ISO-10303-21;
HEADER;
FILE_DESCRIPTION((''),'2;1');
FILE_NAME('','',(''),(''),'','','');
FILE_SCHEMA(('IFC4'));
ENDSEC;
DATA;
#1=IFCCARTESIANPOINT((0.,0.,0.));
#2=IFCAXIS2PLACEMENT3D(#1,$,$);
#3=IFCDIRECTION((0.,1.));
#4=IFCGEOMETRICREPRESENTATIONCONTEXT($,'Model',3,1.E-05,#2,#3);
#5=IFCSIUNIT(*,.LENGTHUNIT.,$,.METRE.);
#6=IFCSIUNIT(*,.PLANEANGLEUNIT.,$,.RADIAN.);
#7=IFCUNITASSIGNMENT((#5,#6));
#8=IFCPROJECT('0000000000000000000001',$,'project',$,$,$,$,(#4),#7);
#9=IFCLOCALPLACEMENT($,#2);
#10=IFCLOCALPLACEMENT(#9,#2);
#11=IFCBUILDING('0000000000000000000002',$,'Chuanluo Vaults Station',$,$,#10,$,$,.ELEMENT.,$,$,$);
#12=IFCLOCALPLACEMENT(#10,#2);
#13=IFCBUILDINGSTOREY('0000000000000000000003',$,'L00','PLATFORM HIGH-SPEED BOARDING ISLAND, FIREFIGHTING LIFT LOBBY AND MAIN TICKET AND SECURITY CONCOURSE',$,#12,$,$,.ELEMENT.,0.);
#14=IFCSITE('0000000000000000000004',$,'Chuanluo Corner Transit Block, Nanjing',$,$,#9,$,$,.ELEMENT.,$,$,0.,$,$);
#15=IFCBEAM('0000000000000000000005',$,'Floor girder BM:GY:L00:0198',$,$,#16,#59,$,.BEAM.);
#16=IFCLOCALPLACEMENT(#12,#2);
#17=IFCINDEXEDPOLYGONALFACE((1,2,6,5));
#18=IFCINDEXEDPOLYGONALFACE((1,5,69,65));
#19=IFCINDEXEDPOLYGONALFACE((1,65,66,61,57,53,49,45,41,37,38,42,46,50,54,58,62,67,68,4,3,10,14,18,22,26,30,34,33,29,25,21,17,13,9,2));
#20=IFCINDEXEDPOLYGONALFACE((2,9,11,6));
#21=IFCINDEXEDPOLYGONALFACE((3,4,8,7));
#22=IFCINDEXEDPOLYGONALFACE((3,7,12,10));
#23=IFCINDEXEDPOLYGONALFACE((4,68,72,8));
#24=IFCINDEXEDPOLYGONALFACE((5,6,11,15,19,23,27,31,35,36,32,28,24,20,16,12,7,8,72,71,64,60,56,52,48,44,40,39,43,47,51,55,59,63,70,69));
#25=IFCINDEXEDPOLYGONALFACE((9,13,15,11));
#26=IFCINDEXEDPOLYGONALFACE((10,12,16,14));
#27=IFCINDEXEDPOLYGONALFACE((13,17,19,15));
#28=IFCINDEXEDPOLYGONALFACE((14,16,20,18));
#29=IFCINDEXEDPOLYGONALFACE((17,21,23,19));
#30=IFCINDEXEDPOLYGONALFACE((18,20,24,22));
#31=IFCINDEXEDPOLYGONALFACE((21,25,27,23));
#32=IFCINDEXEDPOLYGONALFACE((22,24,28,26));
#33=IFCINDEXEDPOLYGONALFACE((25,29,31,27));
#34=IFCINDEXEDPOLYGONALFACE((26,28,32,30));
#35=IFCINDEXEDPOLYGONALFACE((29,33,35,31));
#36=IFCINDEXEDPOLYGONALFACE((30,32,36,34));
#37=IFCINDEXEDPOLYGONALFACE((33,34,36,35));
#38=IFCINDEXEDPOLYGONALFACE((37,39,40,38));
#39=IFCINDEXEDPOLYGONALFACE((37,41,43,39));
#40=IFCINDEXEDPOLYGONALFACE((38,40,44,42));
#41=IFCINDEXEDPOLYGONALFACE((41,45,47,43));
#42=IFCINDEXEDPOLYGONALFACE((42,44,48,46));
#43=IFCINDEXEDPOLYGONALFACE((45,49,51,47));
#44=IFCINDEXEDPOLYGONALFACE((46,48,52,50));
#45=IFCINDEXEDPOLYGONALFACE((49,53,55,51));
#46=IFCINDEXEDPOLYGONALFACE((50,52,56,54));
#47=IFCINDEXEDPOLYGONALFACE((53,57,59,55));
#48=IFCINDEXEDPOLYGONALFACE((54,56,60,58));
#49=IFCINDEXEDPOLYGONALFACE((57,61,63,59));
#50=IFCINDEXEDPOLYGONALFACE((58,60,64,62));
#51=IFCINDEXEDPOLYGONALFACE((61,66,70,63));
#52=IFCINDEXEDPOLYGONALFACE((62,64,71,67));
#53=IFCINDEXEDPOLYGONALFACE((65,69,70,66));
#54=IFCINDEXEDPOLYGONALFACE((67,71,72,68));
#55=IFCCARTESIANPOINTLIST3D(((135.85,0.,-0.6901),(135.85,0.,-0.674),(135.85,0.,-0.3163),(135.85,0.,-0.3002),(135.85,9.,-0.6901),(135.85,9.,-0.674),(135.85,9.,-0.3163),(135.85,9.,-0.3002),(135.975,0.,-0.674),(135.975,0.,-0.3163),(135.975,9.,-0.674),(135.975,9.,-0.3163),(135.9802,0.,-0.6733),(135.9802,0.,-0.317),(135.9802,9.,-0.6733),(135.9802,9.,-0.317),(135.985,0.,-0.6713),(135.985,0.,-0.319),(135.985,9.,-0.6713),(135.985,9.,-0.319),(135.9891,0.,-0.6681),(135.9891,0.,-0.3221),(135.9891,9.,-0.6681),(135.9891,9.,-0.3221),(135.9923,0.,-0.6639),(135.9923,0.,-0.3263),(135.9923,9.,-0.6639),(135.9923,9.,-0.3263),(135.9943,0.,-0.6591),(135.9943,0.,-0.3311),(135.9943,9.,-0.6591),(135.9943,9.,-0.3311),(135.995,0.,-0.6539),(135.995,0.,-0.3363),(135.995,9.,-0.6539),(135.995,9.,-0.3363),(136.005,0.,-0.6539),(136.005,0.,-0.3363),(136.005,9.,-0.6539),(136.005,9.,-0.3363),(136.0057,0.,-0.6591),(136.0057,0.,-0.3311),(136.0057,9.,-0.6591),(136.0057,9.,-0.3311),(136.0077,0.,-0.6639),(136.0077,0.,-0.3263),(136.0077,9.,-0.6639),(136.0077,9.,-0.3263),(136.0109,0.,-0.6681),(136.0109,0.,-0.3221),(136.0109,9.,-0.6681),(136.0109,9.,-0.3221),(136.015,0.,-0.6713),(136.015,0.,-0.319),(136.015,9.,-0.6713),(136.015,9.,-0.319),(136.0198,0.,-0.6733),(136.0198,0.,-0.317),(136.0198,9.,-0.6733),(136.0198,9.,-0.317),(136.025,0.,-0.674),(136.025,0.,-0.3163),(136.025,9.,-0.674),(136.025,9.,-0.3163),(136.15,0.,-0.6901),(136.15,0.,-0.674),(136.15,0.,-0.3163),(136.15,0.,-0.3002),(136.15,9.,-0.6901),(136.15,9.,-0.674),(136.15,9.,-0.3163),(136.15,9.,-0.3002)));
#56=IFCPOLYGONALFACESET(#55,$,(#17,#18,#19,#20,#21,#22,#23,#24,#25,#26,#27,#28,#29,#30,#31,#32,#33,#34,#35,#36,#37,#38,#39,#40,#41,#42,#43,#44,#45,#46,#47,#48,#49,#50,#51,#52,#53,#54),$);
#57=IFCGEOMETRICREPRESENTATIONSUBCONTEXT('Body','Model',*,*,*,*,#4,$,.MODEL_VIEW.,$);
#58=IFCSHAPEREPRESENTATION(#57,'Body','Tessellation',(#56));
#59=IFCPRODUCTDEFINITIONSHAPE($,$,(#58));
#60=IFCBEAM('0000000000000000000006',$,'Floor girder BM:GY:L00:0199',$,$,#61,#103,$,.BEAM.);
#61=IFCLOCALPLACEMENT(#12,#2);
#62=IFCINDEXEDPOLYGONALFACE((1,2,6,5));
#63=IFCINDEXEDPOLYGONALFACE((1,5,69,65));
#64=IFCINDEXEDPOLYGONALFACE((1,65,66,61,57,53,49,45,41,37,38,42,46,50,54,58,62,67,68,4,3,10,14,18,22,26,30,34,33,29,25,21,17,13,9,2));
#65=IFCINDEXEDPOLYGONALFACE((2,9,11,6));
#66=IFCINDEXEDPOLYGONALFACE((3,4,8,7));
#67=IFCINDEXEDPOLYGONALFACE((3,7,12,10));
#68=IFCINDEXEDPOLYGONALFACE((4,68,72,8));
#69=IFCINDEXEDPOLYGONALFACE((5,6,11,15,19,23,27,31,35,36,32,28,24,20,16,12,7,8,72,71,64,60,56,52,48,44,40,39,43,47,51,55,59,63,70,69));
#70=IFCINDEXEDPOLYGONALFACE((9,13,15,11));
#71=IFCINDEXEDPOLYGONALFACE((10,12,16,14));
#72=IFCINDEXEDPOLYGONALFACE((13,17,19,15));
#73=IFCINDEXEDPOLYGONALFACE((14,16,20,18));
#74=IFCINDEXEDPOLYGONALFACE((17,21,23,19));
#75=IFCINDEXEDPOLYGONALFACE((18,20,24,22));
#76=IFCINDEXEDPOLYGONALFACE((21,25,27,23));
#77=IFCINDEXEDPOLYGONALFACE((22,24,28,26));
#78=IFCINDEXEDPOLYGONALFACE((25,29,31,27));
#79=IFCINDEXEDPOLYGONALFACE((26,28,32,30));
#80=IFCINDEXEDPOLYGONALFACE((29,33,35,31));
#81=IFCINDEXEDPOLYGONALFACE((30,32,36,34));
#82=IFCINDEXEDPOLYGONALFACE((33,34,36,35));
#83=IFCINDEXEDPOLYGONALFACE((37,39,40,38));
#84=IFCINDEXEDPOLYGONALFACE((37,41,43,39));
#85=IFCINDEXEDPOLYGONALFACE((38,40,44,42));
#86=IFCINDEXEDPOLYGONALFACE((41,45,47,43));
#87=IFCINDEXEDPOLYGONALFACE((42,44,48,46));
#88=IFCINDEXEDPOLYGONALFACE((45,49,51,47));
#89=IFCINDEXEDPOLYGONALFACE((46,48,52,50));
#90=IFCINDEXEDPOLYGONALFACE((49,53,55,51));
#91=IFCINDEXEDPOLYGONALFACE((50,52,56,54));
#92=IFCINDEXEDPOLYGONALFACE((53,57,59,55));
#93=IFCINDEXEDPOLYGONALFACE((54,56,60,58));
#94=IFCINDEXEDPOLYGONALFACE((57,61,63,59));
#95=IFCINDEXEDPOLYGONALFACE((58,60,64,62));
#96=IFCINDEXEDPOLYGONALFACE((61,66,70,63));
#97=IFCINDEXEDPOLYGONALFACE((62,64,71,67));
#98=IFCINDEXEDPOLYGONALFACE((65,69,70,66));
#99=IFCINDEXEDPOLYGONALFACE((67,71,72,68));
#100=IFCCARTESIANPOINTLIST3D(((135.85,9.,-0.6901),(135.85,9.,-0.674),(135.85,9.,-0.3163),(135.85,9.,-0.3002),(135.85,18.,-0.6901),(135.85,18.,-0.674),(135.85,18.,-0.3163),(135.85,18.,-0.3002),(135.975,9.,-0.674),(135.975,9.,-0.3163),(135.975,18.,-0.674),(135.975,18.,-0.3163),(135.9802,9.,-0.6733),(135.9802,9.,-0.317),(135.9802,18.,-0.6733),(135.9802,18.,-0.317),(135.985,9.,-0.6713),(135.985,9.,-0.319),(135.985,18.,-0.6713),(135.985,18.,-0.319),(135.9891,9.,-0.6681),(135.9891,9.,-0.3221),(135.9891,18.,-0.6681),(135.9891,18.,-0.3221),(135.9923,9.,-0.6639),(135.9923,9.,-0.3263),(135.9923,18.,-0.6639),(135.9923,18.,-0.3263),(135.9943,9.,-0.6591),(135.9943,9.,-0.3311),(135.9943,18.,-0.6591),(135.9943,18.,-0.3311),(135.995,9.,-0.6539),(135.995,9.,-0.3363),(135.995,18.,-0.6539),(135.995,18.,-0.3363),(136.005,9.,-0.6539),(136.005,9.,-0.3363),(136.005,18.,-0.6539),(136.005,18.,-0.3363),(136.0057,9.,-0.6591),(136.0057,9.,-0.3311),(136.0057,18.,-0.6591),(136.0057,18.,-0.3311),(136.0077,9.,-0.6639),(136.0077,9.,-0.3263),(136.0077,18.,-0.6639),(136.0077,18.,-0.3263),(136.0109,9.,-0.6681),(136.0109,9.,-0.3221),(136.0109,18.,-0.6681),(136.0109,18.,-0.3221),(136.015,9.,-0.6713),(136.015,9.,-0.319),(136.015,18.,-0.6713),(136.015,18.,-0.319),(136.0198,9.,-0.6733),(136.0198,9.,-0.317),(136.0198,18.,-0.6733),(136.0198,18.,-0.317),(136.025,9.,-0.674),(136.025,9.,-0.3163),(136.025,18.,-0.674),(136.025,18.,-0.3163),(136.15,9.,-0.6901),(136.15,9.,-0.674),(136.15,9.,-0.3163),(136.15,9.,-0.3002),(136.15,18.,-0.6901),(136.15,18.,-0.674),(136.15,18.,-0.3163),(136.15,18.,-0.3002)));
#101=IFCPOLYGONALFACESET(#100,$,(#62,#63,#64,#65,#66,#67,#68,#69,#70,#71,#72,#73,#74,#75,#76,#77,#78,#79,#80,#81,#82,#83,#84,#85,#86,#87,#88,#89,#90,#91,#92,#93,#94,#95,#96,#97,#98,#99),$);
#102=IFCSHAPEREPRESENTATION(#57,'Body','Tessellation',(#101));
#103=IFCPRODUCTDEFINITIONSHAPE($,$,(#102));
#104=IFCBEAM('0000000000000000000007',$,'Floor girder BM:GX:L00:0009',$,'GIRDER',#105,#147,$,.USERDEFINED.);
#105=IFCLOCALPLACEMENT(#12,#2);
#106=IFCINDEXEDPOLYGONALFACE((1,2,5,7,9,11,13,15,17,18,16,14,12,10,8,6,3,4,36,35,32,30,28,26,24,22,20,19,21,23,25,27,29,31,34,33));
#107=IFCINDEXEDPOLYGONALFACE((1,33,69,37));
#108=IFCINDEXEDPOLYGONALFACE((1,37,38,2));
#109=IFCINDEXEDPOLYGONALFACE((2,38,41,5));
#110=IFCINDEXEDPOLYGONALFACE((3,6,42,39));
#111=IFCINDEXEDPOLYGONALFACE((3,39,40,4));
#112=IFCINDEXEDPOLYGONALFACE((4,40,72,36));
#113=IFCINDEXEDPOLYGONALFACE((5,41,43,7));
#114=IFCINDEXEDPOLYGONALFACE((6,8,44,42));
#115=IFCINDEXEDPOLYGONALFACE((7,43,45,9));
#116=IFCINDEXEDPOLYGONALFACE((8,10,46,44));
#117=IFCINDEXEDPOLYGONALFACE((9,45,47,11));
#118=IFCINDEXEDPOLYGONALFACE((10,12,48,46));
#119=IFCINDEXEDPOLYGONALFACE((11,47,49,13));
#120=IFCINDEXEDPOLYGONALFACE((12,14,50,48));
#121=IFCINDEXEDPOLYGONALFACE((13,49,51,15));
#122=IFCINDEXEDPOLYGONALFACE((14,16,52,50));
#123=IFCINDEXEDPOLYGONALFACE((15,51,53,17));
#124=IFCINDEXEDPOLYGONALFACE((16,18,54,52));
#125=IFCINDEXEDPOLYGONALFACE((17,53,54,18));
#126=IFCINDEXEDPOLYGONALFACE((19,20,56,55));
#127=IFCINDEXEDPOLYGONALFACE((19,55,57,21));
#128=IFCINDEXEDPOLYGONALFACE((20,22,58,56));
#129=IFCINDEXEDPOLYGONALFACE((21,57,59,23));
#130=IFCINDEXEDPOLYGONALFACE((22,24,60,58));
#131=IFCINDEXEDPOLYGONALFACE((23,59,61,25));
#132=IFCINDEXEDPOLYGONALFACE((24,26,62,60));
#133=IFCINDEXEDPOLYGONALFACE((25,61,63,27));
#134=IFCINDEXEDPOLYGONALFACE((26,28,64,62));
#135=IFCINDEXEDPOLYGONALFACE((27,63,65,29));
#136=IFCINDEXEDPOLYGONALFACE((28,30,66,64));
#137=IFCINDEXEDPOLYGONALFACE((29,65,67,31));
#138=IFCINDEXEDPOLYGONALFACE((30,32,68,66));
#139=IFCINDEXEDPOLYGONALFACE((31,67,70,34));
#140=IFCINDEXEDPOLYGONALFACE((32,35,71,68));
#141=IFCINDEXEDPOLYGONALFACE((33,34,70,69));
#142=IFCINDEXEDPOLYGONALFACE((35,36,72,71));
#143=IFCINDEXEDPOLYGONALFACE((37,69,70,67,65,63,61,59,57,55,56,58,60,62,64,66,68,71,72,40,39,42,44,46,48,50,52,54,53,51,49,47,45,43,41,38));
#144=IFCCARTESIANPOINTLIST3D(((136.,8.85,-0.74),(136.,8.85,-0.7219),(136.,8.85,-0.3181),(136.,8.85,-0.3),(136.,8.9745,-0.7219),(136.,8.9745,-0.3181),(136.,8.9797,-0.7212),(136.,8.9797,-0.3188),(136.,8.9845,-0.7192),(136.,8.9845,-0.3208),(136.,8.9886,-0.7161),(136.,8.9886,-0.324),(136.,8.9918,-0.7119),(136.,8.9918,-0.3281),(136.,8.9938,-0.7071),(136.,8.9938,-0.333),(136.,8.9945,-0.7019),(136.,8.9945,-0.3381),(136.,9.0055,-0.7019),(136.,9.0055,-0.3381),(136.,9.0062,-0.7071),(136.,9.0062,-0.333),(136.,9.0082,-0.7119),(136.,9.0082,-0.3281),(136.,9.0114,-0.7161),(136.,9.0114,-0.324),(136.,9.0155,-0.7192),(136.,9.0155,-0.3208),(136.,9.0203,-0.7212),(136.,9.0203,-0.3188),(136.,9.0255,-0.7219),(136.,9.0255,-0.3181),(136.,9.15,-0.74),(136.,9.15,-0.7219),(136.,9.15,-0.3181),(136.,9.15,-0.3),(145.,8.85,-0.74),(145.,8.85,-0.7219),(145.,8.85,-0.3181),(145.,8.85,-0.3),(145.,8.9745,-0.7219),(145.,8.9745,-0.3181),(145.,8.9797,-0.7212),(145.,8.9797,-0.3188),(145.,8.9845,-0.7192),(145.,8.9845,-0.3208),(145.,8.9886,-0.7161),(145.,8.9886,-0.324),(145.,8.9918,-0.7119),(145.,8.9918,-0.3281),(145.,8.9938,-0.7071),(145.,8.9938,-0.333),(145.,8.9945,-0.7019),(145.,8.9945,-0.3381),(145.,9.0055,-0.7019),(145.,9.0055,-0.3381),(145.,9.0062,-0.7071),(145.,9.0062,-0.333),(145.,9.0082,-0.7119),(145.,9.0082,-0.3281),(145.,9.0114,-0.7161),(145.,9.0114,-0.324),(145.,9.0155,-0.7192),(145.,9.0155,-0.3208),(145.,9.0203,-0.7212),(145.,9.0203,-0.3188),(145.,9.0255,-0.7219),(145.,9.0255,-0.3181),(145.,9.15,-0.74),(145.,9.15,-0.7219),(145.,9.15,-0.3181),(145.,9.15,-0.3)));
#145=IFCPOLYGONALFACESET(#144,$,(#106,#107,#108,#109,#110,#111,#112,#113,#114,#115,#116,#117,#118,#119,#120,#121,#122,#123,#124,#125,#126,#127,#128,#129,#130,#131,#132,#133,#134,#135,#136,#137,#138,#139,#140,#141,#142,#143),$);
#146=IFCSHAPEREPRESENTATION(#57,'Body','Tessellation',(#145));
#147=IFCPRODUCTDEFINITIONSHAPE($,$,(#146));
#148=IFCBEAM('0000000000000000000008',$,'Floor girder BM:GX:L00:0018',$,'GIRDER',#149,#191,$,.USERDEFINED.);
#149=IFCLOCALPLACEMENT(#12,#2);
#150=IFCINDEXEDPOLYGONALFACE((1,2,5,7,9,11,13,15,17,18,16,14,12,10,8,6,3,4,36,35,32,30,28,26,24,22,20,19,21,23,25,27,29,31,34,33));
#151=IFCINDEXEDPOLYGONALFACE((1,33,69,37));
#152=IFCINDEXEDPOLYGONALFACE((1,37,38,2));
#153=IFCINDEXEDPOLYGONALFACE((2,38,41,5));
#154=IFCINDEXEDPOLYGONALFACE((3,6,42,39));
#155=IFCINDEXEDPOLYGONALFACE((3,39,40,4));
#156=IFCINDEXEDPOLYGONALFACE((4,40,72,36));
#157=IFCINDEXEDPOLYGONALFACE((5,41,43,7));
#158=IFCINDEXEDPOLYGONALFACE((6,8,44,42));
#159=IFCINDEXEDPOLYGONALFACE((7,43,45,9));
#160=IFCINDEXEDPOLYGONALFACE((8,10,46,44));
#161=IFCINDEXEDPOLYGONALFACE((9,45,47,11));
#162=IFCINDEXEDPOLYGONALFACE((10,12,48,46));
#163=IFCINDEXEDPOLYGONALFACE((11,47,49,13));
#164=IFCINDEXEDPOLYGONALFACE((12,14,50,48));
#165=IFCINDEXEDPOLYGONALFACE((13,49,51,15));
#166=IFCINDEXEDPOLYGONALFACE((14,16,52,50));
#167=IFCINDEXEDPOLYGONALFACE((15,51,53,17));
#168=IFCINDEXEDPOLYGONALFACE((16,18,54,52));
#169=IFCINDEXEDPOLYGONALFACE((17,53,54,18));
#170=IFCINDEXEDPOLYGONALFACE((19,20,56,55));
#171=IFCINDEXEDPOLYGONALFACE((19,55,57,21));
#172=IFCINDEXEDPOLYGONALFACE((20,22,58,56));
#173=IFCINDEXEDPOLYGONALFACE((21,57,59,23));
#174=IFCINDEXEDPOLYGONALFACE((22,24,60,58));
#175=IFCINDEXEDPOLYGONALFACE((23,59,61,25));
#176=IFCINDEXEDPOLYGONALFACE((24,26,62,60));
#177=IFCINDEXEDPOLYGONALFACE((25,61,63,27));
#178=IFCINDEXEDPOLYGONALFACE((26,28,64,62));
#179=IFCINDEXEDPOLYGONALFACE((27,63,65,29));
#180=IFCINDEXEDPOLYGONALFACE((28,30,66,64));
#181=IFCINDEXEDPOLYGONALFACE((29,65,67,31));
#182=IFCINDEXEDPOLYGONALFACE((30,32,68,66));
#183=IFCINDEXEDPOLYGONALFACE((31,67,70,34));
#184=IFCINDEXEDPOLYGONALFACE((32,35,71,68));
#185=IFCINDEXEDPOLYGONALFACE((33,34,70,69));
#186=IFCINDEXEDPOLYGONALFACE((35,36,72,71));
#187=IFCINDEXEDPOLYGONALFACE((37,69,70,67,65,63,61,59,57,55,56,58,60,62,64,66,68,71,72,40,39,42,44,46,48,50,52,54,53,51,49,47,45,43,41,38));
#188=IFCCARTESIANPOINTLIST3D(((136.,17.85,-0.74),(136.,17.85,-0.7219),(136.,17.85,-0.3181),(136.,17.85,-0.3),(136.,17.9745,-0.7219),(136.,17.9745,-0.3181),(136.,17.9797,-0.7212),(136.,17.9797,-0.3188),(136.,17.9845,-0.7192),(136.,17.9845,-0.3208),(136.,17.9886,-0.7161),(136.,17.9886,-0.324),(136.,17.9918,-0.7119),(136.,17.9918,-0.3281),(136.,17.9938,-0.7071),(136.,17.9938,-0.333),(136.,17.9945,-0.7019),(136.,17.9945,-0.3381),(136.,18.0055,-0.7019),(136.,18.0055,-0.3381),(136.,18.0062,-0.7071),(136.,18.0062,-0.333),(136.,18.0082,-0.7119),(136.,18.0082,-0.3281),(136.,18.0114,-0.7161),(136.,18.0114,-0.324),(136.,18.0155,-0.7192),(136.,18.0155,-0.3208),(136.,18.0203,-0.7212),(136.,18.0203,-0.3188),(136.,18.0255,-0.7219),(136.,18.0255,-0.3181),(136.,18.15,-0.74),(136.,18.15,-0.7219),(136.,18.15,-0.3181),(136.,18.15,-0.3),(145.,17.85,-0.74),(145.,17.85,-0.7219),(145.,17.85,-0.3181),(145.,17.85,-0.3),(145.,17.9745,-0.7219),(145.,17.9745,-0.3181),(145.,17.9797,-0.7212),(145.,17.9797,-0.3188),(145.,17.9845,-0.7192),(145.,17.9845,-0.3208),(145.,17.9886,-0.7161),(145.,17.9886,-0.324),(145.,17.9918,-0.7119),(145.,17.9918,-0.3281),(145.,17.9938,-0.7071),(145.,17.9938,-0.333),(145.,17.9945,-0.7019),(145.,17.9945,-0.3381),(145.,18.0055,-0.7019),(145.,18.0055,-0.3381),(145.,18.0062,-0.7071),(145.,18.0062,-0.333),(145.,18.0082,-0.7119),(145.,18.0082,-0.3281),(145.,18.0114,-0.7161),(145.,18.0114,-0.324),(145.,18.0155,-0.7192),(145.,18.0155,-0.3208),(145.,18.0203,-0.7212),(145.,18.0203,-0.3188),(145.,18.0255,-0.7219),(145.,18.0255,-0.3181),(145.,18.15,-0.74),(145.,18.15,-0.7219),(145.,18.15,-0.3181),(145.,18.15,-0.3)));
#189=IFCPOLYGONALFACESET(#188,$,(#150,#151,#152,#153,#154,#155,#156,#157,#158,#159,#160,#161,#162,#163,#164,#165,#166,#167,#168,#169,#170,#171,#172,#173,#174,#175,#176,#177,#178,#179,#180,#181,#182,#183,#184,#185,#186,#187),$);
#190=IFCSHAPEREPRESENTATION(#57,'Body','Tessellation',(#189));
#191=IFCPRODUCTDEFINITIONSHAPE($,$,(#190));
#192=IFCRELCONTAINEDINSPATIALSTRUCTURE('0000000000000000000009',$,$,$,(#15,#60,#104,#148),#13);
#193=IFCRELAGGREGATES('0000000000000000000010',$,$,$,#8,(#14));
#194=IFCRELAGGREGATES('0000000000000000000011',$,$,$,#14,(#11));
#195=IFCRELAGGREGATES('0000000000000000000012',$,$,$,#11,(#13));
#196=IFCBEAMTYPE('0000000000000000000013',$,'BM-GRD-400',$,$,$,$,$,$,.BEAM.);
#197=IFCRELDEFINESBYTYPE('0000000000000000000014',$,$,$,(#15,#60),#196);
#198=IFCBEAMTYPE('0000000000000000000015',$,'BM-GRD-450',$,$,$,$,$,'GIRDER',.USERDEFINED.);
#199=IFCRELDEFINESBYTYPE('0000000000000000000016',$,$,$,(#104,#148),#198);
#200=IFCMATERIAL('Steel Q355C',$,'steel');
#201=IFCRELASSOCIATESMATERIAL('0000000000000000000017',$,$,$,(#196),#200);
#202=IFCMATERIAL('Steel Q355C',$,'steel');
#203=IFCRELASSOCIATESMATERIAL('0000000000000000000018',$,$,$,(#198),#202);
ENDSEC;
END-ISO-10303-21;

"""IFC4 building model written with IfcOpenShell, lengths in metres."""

from ifc_helpers import new_model, si_unit, direction, frame, origin, origin_2d, place, context, subcontext, project, spatial, i_section, extrude, material, material_profile, profile_set, type_object, element, save


model = new_model("IFC4")

# Units and contexts
model_context = context("Model", 3, precision=1e-05, world=origin(), true_north=direction((0.0, 1.0)))
body_context = subcontext(model_context, "Body", "Model", "MODEL_VIEW")
ifc_project = project(units=[si_unit("LENGTHUNIT", "METRE"), si_unit("PLANEANGLEUNIT", "RADIAN")], contexts=[model_context])

# Site, building, storey
site_placement = place(None, origin())
site = spatial("IfcSite", under=ifc_project, at=site_placement, Name="Chuanluo Corner Transit Block, Nanjing", CompositionType="ELEMENT", RefElevation=0.0)
building_placement = place(site_placement, origin())
building = spatial("IfcBuilding", under=site, at=building_placement, Name="Chuanluo Vaults Station", CompositionType="ELEMENT")
storey_placement = place(building_placement, origin())
storey = spatial("IfcBuildingStorey", under=building, at=storey_placement, Name="L00", Description="PLATFORM HIGH-SPEED BOARDING ISLAND, FIREFIGHTING LIFT LOBBY AND MAIN TICKET AND SECURITY CONCOURSE", CompositionType="ELEMENT", Elevation=0.0)

# Beams
ifc_material_1 = material(Name="Steel Q355C", Category="steel")
ifc_material_profile_1 = material_profile(ifc_material_1, i_section(OverallWidth=0.3, OverallDepth=0.3899, WebThickness=0.01, FlangeThickness=0.0161, FilletRadius=0.02, at=origin_2d()))
ifc_profile_set_1 = profile_set([ifc_material_profile_1], Name="Steel Q355C")
beam_type_1 = type_object("IfcBeamType", Name="BM-GRD-400", PredefinedType="BEAM", material=ifc_profile_set_1)
for number, where, z_axis, x_axis, name in (
    (1, (136.0, 0.0, -0.4951), (0.0, 1.0, 0.0), (-1.0, 0.0, 0.0), "Floor girder BM:GY:L00:0198"),
    (2, (136.0, 9.0, -0.4951), (0.0, 1.0, 0.0), (-1.0, 0.0, 0.0), "Floor girder BM:GY:L00:0199"),
):
    element("IfcBeam", number, at=place(storey_placement, frame(where, z_axis=z_axis, x_axis=x_axis)), inside=storey, type_object=beam_type_1, Name=name, PredefinedType="BEAM", context=body_context, shape_type="SweptSolid", body=[
        extrude(i_section(OverallWidth=0.3, OverallDepth=0.3899, WebThickness=0.01, FlangeThickness=0.0161, FilletRadius=0.02, at=origin_2d()), origin(), (0.0, 0.0, 1.0), 9.0),
    ])
ifc_material_2 = material(Name="Steel Q355C", Category="steel")
ifc_material_profile_2 = material_profile(ifc_material_2, i_section(OverallWidth=0.3, OverallDepth=0.4399, WebThickness=0.011, FlangeThickness=0.0181, FilletRadius=0.02, at=origin_2d()))
ifc_profile_set_2 = profile_set([ifc_material_profile_2], Name="Steel Q355C")
beam_type_2 = type_object("IfcBeamType", Name="BM-GRD-450", ElementType="GIRDER", PredefinedType="USERDEFINED", material=ifc_profile_set_2)
for number, where, z_axis, x_axis, name in (
    (3, (136.0, 9.0, -0.52), (1.0, 0.0, 0.0), (0.0, 1.0, 0.0), "Floor girder BM:GX:L00:0009"),
    (4, (136.0, 18.0, -0.52), (1.0, 0.0, 0.0), (0.0, 1.0, 0.0), "Floor girder BM:GX:L00:0018"),
):
    element("IfcBeam", number, at=place(storey_placement, frame(where, z_axis=z_axis, x_axis=x_axis)), inside=storey, type_object=beam_type_2, Name=name, ObjectType="GIRDER", PredefinedType="USERDEFINED", context=body_context, shape_type="SweptSolid", body=[
        extrude(i_section(OverallWidth=0.3, OverallDepth=0.4399, WebThickness=0.011, FlangeThickness=0.0181, FilletRadius=0.02, at=origin_2d()), origin(), (0.0, 0.0, 1.0), 9.0),
    ])

save(model, "model.ifc")
